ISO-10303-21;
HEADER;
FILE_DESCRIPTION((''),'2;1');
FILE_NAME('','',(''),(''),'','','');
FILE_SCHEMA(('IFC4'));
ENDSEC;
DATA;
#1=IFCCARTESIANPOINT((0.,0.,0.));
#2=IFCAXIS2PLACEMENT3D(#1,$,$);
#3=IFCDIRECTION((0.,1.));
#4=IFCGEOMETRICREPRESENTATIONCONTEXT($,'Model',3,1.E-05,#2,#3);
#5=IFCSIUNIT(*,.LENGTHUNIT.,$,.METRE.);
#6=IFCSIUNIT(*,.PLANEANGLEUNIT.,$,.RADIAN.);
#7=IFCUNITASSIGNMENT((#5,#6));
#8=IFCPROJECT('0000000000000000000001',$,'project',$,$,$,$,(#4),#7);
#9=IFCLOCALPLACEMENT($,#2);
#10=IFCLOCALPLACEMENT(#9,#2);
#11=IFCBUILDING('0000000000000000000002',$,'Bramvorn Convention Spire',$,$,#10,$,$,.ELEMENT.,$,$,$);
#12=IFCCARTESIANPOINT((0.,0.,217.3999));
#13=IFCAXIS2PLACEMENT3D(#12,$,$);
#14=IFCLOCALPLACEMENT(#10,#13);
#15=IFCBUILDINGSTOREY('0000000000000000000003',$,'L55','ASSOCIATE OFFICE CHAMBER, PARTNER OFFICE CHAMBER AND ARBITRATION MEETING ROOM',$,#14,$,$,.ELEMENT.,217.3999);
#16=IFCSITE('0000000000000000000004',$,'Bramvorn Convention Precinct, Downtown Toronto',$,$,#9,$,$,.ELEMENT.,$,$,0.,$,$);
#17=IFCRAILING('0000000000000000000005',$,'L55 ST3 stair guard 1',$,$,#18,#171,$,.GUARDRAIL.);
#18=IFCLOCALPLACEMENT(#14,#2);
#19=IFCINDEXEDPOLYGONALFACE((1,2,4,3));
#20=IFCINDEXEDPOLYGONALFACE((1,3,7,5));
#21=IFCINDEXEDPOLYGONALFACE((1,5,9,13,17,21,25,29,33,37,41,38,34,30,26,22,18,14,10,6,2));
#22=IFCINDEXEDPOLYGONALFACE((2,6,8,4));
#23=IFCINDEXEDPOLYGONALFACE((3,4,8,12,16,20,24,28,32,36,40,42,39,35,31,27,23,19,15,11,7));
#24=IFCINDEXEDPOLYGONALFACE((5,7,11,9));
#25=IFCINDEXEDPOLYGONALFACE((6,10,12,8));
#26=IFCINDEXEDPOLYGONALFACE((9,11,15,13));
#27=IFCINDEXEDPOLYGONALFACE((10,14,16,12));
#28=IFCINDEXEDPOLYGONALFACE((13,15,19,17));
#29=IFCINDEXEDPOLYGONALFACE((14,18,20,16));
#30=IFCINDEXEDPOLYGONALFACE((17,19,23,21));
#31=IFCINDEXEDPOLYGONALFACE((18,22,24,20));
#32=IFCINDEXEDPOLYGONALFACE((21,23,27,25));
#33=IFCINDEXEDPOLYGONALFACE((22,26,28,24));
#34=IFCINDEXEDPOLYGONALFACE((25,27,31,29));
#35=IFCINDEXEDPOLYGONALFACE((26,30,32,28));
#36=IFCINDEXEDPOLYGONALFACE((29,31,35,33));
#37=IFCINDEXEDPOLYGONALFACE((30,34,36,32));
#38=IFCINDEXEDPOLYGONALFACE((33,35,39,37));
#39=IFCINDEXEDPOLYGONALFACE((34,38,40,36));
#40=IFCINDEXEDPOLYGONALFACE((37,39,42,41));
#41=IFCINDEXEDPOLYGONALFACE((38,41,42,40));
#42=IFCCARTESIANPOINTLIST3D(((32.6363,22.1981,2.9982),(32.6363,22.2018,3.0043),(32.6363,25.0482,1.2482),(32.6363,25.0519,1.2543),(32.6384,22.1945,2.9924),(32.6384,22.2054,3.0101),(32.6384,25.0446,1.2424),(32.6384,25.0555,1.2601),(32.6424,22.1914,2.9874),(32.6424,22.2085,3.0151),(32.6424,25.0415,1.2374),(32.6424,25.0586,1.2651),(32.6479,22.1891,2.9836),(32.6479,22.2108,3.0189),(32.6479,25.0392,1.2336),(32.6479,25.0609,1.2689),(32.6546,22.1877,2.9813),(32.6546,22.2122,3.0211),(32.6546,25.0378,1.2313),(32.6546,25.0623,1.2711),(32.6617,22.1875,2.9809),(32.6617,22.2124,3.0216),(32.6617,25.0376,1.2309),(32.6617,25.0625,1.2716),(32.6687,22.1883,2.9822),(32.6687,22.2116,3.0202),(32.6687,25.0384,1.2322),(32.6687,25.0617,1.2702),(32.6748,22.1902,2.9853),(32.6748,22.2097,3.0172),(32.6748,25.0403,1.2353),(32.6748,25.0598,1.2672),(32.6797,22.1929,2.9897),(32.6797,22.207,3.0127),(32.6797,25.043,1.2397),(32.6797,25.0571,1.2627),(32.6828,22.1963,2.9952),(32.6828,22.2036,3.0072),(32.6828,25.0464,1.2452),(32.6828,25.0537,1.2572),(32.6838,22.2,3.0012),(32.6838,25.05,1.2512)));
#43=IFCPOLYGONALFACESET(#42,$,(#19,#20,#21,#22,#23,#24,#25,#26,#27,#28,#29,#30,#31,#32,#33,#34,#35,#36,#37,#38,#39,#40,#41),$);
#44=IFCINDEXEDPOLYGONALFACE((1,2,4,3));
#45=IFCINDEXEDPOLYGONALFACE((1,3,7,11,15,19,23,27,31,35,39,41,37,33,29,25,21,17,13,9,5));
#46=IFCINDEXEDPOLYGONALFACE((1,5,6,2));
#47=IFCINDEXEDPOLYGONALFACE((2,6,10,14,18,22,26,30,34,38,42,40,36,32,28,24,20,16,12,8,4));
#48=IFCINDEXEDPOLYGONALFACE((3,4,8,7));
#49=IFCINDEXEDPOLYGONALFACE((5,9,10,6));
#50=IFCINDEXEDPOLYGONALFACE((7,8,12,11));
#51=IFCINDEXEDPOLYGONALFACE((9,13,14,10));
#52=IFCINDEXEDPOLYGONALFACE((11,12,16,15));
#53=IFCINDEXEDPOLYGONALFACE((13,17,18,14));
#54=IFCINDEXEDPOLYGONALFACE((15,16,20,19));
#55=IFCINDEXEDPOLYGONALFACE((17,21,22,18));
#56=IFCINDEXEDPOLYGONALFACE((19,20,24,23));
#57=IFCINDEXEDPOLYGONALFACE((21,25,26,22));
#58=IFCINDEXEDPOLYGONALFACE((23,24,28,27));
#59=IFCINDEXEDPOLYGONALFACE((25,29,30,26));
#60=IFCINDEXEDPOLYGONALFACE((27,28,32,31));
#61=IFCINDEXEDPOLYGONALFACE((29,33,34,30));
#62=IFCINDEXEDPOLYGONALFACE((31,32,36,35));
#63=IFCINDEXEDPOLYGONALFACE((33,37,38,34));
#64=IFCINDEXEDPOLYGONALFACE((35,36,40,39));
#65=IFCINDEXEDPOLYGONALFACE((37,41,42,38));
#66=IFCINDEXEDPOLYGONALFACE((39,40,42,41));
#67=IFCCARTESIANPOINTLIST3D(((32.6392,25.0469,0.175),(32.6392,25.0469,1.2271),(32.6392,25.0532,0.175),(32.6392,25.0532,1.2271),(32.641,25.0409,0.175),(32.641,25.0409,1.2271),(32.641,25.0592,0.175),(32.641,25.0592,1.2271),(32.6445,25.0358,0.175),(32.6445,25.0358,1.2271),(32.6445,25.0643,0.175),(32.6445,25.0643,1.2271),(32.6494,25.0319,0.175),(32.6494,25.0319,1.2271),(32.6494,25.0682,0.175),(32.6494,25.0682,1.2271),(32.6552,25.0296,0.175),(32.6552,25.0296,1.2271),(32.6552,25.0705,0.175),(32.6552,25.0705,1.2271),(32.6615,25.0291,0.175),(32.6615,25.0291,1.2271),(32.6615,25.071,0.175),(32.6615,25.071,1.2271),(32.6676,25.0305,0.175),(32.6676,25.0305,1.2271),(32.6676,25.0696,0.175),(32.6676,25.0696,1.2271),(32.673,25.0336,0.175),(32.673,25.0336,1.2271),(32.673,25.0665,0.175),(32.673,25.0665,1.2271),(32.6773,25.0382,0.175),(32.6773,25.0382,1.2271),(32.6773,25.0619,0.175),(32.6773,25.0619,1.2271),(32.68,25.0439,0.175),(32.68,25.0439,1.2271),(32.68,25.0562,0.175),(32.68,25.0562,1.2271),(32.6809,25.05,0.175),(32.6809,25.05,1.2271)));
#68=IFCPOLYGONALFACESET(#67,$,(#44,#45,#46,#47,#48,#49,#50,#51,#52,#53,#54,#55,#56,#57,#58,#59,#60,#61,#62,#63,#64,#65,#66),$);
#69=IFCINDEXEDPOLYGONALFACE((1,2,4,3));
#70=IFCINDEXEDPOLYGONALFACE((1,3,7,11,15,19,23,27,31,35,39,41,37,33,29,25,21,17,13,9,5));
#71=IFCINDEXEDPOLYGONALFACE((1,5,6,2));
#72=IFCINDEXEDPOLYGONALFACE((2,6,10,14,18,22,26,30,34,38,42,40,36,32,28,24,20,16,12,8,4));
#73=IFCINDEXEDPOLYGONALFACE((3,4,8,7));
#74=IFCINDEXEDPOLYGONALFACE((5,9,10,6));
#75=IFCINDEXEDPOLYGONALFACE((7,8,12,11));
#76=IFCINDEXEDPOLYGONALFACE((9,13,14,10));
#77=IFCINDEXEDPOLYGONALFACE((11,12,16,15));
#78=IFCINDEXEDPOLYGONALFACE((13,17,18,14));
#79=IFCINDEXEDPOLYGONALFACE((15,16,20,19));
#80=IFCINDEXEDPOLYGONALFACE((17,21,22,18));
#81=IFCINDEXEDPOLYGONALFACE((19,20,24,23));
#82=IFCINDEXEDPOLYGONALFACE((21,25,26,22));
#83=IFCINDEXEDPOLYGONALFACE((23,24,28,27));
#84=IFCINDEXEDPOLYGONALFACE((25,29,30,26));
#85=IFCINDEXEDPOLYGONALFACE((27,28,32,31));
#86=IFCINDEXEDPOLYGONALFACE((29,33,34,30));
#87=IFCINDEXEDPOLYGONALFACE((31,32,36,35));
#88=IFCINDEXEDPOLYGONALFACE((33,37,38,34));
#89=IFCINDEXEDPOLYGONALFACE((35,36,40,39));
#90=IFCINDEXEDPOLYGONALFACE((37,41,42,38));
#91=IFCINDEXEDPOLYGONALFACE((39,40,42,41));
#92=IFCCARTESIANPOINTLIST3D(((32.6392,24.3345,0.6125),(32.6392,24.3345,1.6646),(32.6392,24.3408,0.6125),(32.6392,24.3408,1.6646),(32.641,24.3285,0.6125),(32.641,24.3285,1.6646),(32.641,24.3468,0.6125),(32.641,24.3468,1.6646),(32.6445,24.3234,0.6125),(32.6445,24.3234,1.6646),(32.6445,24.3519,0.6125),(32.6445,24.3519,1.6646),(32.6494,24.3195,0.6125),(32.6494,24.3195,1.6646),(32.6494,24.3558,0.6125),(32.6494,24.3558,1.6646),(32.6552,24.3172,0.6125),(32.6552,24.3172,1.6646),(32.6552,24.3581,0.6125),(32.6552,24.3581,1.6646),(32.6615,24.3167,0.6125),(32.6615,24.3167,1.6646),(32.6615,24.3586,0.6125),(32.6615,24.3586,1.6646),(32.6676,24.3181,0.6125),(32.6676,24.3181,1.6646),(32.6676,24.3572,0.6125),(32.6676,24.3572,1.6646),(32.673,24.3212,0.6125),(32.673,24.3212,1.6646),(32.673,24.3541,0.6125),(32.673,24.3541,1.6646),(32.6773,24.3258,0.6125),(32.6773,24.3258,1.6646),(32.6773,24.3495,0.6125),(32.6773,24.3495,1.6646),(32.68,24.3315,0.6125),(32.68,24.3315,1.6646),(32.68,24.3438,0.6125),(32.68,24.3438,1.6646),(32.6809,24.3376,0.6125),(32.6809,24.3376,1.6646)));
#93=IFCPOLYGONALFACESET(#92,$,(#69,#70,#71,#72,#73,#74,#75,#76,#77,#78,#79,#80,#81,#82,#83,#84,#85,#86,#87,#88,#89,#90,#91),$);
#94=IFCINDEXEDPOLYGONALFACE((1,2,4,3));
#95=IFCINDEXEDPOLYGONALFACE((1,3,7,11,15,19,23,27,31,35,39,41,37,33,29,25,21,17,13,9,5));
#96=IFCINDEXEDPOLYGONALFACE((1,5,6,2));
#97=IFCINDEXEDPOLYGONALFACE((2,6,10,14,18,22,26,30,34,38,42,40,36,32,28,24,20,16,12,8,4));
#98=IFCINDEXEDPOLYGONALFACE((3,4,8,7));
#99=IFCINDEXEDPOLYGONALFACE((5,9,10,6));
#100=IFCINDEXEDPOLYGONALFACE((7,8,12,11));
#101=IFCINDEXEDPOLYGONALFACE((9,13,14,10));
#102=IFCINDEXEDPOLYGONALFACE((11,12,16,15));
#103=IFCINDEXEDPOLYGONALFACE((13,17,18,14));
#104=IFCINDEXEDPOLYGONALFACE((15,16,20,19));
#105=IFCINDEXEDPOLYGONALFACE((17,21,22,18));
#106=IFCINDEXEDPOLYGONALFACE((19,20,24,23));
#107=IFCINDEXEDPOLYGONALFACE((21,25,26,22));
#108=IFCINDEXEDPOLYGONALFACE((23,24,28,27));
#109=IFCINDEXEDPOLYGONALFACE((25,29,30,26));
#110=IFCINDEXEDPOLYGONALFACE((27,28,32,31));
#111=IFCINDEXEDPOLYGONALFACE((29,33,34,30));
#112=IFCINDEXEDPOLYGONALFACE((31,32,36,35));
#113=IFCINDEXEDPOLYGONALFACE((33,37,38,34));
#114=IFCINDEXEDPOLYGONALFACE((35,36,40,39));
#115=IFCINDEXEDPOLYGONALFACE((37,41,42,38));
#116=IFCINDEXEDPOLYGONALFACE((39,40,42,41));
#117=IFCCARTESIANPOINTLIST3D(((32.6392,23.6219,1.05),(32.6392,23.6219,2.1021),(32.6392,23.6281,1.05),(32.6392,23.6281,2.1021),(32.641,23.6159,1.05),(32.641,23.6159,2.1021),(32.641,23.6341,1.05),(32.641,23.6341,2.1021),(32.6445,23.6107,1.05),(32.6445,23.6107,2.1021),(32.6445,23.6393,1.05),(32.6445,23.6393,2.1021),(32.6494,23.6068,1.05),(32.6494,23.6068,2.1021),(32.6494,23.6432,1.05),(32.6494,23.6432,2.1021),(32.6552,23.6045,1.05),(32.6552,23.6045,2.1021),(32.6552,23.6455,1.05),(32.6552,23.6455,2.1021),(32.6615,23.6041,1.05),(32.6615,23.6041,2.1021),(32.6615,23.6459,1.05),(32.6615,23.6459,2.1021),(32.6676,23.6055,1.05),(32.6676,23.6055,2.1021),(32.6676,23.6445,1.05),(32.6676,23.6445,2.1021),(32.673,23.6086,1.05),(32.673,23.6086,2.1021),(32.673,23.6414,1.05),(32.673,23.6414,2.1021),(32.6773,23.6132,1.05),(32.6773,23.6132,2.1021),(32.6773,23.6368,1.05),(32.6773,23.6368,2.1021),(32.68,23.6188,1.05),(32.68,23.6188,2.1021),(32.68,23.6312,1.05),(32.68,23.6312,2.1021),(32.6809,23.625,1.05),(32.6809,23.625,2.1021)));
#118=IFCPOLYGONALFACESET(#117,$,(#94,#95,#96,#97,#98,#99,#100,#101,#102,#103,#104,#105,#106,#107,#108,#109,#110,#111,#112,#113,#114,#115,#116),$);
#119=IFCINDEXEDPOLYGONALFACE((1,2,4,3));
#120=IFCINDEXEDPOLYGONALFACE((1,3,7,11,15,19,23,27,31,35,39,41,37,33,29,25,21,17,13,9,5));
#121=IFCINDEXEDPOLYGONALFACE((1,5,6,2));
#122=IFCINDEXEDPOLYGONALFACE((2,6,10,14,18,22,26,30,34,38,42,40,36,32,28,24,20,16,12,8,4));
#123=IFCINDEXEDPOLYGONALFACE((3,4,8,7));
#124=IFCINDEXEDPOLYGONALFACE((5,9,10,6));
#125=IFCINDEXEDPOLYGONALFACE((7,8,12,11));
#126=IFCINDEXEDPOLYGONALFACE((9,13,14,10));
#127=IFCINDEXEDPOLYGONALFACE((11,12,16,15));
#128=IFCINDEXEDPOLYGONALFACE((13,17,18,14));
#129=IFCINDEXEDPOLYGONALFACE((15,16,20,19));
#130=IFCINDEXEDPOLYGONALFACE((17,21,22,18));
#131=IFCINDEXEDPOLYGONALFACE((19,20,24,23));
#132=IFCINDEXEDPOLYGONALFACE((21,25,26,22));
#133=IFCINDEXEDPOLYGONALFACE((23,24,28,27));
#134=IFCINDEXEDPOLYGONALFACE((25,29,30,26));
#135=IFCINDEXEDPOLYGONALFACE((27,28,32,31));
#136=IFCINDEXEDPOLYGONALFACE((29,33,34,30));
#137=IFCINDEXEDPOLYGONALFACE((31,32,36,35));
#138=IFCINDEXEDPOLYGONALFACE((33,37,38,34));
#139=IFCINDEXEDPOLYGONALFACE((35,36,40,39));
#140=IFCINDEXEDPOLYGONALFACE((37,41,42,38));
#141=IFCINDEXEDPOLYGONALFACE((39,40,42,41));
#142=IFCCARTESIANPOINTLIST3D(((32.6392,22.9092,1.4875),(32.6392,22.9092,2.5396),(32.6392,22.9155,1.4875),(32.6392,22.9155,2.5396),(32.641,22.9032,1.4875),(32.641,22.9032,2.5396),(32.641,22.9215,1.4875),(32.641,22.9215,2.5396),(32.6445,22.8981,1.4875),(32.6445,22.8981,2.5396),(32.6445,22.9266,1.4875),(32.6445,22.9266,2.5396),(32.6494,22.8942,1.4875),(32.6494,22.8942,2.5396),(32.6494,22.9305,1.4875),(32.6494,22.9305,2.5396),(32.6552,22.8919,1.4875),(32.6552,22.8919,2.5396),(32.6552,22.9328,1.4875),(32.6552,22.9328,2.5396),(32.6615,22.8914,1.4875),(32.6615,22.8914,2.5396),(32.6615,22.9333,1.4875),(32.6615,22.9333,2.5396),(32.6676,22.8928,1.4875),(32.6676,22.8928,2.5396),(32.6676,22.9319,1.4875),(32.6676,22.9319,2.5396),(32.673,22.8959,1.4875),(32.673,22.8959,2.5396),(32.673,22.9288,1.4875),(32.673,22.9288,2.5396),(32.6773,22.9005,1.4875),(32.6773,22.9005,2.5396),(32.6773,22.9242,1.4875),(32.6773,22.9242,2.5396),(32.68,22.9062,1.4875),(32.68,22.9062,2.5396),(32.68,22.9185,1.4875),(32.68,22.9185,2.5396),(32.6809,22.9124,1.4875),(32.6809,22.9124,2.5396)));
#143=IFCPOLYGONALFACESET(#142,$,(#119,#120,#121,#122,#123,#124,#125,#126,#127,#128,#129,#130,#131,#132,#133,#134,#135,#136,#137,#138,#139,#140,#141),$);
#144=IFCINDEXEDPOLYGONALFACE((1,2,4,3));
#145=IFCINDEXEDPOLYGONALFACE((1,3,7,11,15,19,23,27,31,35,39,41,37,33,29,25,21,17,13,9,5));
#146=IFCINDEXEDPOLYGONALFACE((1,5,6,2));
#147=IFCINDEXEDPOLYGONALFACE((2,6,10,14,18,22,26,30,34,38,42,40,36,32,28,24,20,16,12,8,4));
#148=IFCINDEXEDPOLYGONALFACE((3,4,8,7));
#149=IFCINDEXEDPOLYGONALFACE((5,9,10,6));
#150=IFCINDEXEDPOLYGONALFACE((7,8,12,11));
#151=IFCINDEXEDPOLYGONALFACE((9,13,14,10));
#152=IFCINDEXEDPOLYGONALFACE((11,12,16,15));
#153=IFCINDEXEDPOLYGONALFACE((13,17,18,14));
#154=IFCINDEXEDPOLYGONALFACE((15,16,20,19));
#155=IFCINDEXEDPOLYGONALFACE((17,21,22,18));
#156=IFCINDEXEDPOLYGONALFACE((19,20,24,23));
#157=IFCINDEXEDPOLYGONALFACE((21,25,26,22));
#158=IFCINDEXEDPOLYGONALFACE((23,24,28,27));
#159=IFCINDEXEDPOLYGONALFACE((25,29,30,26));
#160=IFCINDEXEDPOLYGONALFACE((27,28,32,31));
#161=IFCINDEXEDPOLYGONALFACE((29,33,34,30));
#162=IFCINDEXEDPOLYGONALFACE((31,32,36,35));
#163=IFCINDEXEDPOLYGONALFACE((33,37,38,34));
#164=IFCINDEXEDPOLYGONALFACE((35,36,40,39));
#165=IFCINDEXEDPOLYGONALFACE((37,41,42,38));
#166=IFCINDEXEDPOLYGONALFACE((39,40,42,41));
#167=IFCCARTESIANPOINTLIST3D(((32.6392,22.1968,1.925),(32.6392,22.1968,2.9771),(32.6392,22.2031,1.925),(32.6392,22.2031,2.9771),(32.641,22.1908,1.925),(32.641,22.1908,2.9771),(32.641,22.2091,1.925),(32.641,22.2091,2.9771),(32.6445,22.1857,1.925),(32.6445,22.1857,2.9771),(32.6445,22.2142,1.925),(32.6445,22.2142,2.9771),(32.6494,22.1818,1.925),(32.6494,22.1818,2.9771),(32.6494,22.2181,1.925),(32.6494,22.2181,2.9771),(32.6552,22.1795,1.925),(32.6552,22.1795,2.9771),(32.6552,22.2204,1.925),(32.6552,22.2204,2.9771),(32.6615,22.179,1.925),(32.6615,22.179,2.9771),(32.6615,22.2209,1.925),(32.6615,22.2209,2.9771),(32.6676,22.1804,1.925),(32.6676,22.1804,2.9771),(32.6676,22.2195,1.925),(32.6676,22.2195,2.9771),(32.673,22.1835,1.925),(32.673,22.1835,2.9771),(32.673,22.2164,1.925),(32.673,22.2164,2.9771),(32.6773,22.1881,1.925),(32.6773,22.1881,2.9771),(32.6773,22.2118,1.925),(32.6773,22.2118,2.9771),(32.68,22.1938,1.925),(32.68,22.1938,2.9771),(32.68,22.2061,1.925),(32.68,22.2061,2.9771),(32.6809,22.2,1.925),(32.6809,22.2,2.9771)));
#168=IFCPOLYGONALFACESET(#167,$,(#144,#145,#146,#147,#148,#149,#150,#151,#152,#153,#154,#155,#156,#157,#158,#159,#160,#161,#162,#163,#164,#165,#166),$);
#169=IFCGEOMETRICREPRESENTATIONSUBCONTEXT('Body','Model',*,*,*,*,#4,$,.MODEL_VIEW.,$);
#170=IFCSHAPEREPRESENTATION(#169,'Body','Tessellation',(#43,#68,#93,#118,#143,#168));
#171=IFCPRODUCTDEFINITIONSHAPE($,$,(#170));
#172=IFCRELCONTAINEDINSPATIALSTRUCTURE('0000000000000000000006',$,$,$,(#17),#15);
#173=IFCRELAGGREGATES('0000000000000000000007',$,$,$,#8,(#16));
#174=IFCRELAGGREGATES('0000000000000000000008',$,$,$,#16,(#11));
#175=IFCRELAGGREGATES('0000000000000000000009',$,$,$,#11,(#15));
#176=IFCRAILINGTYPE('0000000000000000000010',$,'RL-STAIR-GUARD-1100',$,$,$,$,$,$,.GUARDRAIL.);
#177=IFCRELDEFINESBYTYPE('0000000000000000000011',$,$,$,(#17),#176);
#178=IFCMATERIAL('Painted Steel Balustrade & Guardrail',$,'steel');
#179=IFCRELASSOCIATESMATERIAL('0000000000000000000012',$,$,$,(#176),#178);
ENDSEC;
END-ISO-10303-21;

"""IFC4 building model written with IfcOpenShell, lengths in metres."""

from ifc_helpers import new_model, si_unit, direction, frame, origin, origin_2d, place, context, subcontext, project, spatial, circle, extrude, material, type_object, element, save


model = new_model("IFC4")

# Units and contexts
model_context = context("Model", 3, precision=1e-05, world=origin(), true_north=direction((0.0, 1.0)))
body_context = subcontext(model_context, "Body", "Model", "MODEL_VIEW")
ifc_project = project(units=[si_unit("LENGTHUNIT", "METRE"), si_unit("PLANEANGLEUNIT", "RADIAN")], contexts=[model_context])

# Site, building, storey
site_placement = place(None, origin())
site = spatial("IfcSite", under=ifc_project, at=site_placement, Name="Bramvorn Convention Precinct, Downtown Toronto", CompositionType="ELEMENT", RefElevation=0.0)
building_placement = place(site_placement, origin())
building = spatial("IfcBuilding", under=site, at=building_placement, Name="Bramvorn Convention Spire", CompositionType="ELEMENT")
storey_placement = place(building_placement, frame((0.0, 0.0, 217.3999)))
storey = spatial("IfcBuildingStorey", under=building, at=storey_placement, Name="L55", Description="ASSOCIATE OFFICE CHAMBER, PARTNER OFFICE CHAMBER AND ARBITRATION MEETING ROOM", CompositionType="ELEMENT", Elevation=217.3999)

# Railing
ifc_material_1 = material(Name="Painted Steel Balustrade & Guardrail", Category="steel")
railing_type_1 = type_object("IfcRailingType", Name="RL-STAIR-GUARD-1100", PredefinedType="GUARDRAIL", material=ifc_material_1)
railing_1_placement = place(storey_placement, frame((32.6599, 25.05, 0.175)))
element("IfcRailing", 1, at=railing_1_placement, inside=storey, type_object=railing_type_1, Name="L55 ST3 stair guard 1", PredefinedType="GUARDRAIL", context=body_context, shape_type="SweptSolid", body=[
    extrude(circle(Radius=0.0239, at=origin_2d()), frame((0.0, 0.0, 1.0762), z_axis=(0.0, -0.852179, 0.52325), x_axis=(1.0, 0.0, 0.0)), (0.0, 0.0, 1.0), 3.3445),
    extrude(circle(Radius=0.021, at=origin_2d()), origin(), (0.0, 0.0, 1.0), 1.052),
    extrude(circle(Radius=0.021, at=origin_2d()), frame((0.0, -0.7124, 0.4375)), (0.0, 0.0, 1.0), 1.052),
    extrude(circle(Radius=0.021, at=origin_2d()), frame((0.0, -1.425, 0.875)), (0.0, 0.0, 1.0), 1.052),
    extrude(circle(Radius=0.021, at=origin_2d()), frame((0.0, -2.1377, 1.3125)), (0.0, 0.0, 1.0), 1.052),
    extrude(circle(Radius=0.021, at=origin_2d()), frame((0.0, -2.8501, 1.75)), (0.0, 0.0, 1.0), 1.052),
])

save(model, "model.ifc")
